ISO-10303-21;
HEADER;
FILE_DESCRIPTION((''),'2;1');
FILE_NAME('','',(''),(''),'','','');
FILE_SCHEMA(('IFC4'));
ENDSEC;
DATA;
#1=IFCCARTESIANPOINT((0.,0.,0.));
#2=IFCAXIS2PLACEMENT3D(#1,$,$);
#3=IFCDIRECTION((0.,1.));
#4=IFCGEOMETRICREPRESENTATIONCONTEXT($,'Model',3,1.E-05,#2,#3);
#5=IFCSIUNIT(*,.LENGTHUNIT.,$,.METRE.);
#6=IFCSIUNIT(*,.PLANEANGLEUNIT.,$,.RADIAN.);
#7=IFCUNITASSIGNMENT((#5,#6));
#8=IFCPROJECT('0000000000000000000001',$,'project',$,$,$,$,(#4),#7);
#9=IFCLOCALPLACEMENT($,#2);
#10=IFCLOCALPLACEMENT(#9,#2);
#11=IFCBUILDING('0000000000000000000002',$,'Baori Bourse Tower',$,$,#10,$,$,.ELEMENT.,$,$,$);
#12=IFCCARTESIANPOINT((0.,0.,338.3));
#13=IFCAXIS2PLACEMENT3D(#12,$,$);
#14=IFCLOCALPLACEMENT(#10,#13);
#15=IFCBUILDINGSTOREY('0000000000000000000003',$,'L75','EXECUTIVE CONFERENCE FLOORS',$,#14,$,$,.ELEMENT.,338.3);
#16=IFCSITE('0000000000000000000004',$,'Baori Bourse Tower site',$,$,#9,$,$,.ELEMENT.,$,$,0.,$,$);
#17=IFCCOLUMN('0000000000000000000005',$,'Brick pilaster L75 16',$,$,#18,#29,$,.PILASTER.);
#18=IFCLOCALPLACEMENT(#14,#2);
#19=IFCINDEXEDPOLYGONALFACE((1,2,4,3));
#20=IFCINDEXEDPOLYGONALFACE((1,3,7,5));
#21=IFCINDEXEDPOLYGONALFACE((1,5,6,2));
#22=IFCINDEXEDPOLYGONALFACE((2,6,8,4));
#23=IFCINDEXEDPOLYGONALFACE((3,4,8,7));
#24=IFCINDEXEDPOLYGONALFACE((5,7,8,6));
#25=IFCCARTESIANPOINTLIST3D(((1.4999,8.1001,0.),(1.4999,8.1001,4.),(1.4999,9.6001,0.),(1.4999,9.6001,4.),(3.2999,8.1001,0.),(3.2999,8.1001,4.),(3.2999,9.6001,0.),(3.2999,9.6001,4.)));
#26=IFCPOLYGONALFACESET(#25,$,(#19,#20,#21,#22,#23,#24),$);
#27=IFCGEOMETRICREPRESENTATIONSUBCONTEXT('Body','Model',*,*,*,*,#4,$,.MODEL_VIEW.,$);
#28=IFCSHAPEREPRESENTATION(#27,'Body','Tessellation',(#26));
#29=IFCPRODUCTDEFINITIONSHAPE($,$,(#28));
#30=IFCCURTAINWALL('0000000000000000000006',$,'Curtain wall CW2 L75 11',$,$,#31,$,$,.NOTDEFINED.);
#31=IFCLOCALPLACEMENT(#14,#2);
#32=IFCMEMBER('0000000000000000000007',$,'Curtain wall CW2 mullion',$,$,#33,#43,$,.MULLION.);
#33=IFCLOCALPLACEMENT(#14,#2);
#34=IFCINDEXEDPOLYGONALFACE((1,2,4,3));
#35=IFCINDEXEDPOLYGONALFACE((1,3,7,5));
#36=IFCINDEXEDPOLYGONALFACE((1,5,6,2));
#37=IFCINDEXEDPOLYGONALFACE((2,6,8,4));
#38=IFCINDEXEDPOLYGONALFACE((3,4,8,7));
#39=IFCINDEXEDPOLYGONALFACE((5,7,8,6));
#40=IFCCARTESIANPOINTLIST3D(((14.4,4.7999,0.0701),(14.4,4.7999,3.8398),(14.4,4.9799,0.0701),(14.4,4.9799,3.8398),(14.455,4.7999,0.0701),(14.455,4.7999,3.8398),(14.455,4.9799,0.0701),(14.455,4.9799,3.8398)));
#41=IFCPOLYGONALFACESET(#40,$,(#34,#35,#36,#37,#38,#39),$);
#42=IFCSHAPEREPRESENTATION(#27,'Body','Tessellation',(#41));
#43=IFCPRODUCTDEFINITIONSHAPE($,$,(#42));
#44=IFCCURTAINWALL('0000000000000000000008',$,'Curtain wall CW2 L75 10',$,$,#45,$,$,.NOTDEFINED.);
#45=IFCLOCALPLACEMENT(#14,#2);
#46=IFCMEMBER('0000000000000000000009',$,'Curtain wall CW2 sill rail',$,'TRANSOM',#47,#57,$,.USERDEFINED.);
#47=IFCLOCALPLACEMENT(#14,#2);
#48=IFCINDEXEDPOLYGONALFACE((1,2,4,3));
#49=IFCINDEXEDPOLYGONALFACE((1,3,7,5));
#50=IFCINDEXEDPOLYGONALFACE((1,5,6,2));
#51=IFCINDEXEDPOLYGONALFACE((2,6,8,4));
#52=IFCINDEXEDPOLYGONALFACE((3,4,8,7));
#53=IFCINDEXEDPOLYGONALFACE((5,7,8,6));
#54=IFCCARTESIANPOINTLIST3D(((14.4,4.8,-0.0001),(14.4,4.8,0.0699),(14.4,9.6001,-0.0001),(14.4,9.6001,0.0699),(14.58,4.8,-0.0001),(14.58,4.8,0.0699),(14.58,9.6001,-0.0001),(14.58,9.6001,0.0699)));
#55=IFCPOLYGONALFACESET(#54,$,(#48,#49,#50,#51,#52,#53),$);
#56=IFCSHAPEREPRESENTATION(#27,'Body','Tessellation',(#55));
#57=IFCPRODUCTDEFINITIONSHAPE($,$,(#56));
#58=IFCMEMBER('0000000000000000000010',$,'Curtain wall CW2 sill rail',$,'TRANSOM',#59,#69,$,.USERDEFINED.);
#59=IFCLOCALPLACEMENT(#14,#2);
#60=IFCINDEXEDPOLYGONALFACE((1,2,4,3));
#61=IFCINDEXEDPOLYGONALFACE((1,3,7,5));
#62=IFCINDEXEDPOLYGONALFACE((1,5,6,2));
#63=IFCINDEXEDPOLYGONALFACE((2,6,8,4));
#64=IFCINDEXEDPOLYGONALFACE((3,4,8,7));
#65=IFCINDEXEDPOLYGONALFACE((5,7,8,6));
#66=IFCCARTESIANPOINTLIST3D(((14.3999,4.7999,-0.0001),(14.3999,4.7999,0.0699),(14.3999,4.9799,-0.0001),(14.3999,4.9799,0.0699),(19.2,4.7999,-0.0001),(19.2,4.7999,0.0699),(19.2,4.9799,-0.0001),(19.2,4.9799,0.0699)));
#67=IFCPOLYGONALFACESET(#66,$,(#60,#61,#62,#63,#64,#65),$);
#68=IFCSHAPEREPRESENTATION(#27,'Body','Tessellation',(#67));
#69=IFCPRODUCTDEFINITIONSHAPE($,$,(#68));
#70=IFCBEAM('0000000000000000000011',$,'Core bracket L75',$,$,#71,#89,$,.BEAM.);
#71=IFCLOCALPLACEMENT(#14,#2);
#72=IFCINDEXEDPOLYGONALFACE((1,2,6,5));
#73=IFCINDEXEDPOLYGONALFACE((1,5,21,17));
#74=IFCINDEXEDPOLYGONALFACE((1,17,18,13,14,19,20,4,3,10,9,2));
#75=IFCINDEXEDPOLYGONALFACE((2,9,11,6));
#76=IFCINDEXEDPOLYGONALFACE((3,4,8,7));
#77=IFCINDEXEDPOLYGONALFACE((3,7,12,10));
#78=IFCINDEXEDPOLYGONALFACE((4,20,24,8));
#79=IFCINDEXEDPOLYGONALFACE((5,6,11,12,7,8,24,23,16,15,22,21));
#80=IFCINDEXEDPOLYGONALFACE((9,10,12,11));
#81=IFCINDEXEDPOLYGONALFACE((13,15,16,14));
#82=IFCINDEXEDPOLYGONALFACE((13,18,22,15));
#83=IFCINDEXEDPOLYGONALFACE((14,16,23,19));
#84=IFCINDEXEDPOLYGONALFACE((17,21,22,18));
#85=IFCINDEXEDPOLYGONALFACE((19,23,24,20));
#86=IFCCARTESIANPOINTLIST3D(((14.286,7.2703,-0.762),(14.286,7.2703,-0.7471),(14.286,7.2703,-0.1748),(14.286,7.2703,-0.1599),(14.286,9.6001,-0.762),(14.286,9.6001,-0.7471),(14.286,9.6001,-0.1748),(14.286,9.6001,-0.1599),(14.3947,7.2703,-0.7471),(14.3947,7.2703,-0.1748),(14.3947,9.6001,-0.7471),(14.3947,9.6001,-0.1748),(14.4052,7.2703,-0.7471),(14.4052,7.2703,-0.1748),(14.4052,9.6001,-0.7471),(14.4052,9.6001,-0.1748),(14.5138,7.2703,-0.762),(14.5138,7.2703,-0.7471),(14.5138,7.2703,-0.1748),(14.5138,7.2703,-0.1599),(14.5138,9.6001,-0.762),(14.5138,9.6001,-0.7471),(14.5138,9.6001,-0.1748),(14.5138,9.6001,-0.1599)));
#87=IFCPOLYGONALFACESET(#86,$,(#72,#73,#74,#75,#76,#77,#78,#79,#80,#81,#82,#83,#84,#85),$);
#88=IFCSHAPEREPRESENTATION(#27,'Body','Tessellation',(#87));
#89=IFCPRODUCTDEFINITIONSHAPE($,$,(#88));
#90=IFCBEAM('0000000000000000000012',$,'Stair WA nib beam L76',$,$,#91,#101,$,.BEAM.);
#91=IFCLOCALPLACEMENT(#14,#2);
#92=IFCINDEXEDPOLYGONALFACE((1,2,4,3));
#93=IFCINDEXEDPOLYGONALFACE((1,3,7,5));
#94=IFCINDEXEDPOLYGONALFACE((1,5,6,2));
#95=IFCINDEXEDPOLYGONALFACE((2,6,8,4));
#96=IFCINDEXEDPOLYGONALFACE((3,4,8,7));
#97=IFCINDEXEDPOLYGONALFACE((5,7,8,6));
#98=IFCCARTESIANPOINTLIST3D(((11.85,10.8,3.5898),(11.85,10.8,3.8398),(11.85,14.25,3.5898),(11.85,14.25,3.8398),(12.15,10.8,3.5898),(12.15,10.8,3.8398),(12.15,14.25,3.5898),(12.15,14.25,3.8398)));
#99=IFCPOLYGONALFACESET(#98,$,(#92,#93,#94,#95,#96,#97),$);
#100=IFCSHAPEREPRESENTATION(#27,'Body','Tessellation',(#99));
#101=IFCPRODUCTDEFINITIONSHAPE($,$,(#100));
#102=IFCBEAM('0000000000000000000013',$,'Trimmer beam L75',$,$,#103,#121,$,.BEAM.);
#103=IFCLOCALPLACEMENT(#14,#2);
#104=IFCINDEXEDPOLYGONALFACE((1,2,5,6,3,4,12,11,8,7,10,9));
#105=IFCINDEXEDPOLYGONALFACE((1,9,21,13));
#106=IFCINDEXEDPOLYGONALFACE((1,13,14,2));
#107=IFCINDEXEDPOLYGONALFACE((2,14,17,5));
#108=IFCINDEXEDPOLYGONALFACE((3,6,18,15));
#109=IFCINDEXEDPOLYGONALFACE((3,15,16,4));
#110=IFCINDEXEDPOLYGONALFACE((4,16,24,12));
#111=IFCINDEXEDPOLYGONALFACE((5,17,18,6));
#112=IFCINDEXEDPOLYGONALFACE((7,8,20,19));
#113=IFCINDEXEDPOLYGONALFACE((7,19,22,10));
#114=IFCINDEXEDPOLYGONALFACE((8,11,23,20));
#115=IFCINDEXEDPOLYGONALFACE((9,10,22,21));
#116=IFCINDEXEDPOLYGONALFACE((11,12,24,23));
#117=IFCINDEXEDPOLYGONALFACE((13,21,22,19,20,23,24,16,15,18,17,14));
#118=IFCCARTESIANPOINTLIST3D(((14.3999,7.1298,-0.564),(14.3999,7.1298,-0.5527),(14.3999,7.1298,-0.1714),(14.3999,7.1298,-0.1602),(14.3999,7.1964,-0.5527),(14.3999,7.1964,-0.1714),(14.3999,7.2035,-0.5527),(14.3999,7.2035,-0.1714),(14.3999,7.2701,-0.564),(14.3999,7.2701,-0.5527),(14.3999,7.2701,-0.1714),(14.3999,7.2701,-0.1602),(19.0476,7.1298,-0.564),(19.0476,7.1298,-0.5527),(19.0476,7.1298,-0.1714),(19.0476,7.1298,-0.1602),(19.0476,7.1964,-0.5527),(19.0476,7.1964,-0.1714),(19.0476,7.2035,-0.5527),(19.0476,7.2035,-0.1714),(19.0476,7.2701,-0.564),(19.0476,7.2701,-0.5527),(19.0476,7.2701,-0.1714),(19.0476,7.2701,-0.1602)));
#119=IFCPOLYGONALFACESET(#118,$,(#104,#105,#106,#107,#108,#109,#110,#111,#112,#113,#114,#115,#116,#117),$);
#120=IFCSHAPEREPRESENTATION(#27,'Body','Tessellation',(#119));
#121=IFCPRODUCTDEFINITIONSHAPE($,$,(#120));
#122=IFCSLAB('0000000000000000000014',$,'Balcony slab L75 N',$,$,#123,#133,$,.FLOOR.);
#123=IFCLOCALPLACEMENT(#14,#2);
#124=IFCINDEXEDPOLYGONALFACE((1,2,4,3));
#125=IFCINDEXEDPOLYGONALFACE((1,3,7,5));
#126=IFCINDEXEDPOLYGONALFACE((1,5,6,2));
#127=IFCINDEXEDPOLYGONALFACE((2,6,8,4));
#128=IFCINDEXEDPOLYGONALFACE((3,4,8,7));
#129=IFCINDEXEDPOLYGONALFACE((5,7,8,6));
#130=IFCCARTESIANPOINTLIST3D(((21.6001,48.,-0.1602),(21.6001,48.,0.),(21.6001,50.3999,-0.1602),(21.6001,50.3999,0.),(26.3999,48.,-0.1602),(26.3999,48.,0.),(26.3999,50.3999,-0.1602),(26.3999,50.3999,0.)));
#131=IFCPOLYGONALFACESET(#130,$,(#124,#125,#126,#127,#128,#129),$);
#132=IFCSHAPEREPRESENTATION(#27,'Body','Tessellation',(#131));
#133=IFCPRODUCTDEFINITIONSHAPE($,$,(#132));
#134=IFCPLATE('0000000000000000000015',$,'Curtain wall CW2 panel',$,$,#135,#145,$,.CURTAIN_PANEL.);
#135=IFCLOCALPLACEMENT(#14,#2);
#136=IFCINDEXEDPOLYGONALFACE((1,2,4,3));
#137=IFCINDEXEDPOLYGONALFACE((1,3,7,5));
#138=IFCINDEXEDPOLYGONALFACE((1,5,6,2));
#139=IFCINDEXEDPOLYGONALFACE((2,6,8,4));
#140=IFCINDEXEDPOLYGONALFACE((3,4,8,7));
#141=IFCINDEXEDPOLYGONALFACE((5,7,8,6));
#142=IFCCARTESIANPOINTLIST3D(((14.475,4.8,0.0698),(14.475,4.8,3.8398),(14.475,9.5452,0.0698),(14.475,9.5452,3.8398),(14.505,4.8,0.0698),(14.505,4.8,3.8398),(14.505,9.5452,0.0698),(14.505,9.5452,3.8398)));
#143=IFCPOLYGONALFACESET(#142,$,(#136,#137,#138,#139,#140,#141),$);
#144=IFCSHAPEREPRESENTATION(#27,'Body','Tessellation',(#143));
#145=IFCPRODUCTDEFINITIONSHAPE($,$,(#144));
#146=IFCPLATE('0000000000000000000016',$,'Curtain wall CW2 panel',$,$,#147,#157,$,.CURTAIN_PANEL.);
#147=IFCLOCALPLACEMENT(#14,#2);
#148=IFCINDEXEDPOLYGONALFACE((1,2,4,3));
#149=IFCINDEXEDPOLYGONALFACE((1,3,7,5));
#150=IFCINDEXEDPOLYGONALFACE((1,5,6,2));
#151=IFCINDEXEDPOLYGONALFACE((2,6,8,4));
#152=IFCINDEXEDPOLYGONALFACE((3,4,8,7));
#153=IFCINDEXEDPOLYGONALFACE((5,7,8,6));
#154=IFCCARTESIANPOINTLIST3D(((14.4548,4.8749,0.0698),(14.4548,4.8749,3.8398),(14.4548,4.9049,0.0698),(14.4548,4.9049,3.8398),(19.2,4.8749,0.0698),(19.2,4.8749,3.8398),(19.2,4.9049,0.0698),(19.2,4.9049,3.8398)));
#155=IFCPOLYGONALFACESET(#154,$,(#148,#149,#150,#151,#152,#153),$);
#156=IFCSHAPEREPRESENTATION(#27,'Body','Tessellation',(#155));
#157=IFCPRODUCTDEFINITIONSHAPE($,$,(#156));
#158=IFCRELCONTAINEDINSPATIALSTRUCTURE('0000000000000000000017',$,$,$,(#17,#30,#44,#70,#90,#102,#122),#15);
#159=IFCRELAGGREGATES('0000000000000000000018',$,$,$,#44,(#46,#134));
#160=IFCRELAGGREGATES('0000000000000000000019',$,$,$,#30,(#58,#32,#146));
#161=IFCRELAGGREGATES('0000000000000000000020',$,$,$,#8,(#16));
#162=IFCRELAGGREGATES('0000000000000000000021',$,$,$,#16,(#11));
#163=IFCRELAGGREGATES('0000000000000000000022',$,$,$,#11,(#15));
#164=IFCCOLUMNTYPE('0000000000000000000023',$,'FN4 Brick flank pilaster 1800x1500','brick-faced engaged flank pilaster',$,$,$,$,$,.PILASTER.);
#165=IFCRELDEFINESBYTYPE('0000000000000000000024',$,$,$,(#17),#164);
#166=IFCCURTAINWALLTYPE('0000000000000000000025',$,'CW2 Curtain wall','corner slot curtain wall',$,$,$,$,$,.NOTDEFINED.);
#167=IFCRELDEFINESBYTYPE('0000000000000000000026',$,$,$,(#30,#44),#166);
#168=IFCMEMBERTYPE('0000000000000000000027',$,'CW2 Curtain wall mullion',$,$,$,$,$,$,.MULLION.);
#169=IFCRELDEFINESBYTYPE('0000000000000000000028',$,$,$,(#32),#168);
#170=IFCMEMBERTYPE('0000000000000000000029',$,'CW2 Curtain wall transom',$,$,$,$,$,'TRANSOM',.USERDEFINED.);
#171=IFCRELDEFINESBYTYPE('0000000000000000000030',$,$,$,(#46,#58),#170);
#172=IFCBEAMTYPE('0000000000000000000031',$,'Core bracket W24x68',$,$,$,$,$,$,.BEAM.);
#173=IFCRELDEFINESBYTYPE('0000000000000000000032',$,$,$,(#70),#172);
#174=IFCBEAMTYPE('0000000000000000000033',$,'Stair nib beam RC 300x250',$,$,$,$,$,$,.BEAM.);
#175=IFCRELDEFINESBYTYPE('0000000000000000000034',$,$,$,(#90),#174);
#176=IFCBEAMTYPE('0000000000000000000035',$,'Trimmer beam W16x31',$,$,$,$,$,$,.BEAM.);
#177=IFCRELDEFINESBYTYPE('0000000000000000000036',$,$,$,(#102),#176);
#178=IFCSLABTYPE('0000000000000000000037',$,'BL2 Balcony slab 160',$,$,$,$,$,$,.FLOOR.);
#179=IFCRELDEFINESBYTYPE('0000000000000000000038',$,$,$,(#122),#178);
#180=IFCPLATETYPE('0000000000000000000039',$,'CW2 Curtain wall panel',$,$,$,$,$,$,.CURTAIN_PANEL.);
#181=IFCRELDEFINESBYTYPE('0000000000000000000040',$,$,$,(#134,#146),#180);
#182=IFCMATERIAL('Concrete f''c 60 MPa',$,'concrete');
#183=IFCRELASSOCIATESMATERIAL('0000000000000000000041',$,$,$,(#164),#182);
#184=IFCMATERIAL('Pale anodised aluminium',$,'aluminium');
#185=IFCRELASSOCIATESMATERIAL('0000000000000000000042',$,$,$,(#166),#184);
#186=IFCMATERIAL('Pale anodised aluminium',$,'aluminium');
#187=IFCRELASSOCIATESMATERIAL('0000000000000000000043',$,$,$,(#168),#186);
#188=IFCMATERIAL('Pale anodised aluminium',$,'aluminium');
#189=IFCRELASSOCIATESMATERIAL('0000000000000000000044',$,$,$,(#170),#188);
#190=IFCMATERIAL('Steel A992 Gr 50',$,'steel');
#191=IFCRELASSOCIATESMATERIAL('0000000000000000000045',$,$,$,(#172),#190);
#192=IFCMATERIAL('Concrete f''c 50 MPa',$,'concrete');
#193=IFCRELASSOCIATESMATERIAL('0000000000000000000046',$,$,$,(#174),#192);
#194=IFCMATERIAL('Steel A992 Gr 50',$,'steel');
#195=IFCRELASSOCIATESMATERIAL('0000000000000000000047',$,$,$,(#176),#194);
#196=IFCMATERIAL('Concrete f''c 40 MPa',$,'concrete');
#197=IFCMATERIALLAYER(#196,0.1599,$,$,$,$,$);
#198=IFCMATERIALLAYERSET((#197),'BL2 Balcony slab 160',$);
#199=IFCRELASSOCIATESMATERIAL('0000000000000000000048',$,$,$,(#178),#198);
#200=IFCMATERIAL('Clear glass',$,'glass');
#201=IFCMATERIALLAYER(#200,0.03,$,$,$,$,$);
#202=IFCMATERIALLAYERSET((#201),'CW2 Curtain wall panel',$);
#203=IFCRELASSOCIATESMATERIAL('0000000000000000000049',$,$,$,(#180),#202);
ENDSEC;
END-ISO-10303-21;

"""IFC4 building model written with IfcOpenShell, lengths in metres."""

from ifc_helpers import new_model, si_unit, direction, frame, origin, origin_2d, place, context, subcontext, project, spatial, polyline, rectangle, i_section, outline, extrude, material, layer, layer_set, material_profile, profile_set, type_object, element, aggregate, save


model = new_model("IFC4")

# Units and contexts
model_context = context("Model", 3, precision=1e-05, world=origin(), true_north=direction((0.0, 1.0)))
body_context = subcontext(model_context, "Body", "Model", "MODEL_VIEW")
ifc_project = project(units=[si_unit("LENGTHUNIT", "METRE"), si_unit("PLANEANGLEUNIT", "RADIAN")], contexts=[model_context])

# Site, building, storey
site_placement = place(None, origin())
site = spatial("IfcSite", under=ifc_project, at=site_placement, Name="Baori Bourse Tower site", CompositionType="ELEMENT", RefElevation=0.0)
building_placement = place(site_placement, origin())
building = spatial("IfcBuilding", under=site, at=building_placement, Name="Baori Bourse Tower", CompositionType="ELEMENT")
storey_placement = place(building_placement, frame((0.0, 0.0, 338.3)))
storey = spatial("IfcBuildingStorey", under=building, at=storey_placement, Name="L75", Description="EXECUTIVE CONFERENCE FLOORS", CompositionType="ELEMENT", Elevation=338.3)

# Column
ifc_material_1 = material(Name="Concrete f'c 60 MPa", Category="concrete")
ifc_material_profile_1 = material_profile(ifc_material_1, rectangle(XDim=1.8, YDim=1.5, at=origin_2d()), Name="RC 1800x1500")
ifc_profile_set_1 = profile_set([ifc_material_profile_1], Name="Concrete f'c 60 MPa")
column_type = type_object("IfcColumnType", Name="FN4 Brick flank pilaster 1800x1500", Description="brick-faced engaged flank pilaster", PredefinedType="PILASTER", material=ifc_profile_set_1)
column_placement = place(storey_placement, frame((2.3999, 8.8501, 0.0), z_axis=(0.0, 0.0, 1.0), x_axis=(1.0, 0.0, 0.0)))
element("IfcColumn", 1, at=column_placement, inside=storey, type_object=column_type, Name="Brick pilaster L75 16", PredefinedType="PILASTER", context=body_context, shape_type="SweptSolid", body=[
    extrude(rectangle(XDim=1.8, YDim=1.5, at=origin_2d()), origin(), (0.0, 0.0, 1.0), 4.0),
])

# Curtain walls, members
ifc_material_2 = material(Name="Pale anodised aluminium", Category="aluminium")
curtain_wall_type = type_object("IfcCurtainWallType", Name="CW2 Curtain wall", Description="corner slot curtain wall", PredefinedType="NOTDEFINED", material=ifc_material_2)
curtain_wall_1_placement = place(storey_placement, origin())
curtain_wall_1 = element("IfcCurtainWall", 2, at=curtain_wall_1_placement, inside=storey, type_object=curtain_wall_type, Name="Curtain wall CW2 L75 11", PredefinedType="NOTDEFINED")
ifc_material_3 = material(Name="Pale anodised aluminium", Category="aluminium")
ifc_material_profile_2 = material_profile(ifc_material_3, rectangle(XDim=0.1799, YDim=0.0549, at=origin_2d()), Name="Mullion 55x180")
ifc_profile_set_2 = profile_set([ifc_material_profile_2], Name="Pale anodised aluminium")
member_type_1 = type_object("IfcMemberType", Name="CW2 Curtain wall mullion", PredefinedType="MULLION", material=ifc_profile_set_2)
member_1_placement = place(storey_placement, frame((14.4275, 4.8899, 0.0701), z_axis=(0.0, 0.0, 1.0), x_axis=(0.0, 1.0, 0.0)))
member_1 = element("IfcMember", 3, at=member_1_placement, type_object=member_type_1, Name="Curtain wall CW2 mullion", PredefinedType="MULLION", context=body_context, shape_type="SweptSolid", body=[
    extrude(rectangle(XDim=0.1799, YDim=0.0549, at=origin_2d()), origin(), (0.0, 0.0, 1.0), 3.7698),
])
curtain_wall_2_placement = place(storey_placement, origin())
curtain_wall_2 = element("IfcCurtainWall", 4, at=curtain_wall_2_placement, inside=storey, type_object=curtain_wall_type, Name="Curtain wall CW2 L75 10", PredefinedType="NOTDEFINED")
ifc_material_4 = material(Name="Pale anodised aluminium", Category="aluminium")
ifc_material_profile_3 = material_profile(ifc_material_4, rectangle(XDim=0.1799, YDim=0.0701, at=origin_2d()), Name="Transom 70x180")
ifc_profile_set_3 = profile_set([ifc_material_profile_3], Name="Pale anodised aluminium")
member_type_2 = type_object("IfcMemberType", Name="CW2 Curtain wall transom", ElementType="TRANSOM", PredefinedType="USERDEFINED", material=ifc_profile_set_3)
member_2_placement = place(storey_placement, frame((14.49, 9.6001, 0.0349), z_axis=(0.0, -1.0, 0.0), x_axis=(1.0, 0.0, 0.0)))
member_2 = element("IfcMember", 5, at=member_2_placement, type_object=member_type_2, Name="Curtain wall CW2 sill rail", ObjectType="TRANSOM", PredefinedType="USERDEFINED", context=body_context, shape_type="SweptSolid", body=[
    extrude(rectangle(XDim=0.1799, YDim=0.0701, at=origin_2d()), origin(), (0.0, 0.0, 1.0), 4.8),
])

# Member
member_3_placement = place(storey_placement, frame((14.3999, 4.8899, 0.0349), z_axis=(1.0, 0.0, 0.0), x_axis=(0.0, 1.0, 0.0)))
member_3 = element("IfcMember", 6, at=member_3_placement, type_object=member_type_2, Name="Curtain wall CW2 sill rail", ObjectType="TRANSOM", PredefinedType="USERDEFINED", context=body_context, shape_type="SweptSolid", body=[
    extrude(rectangle(XDim=0.1799, YDim=0.0701, at=origin_2d()), origin(), (0.0, 0.0, 1.0), 4.8),
])

# Beams
ifc_material_5 = material(Name="Steel A992 Gr 50", Category="steel")
ifc_material_profile_4 = material_profile(ifc_material_5, i_section(OverallWidth=0.2278, OverallDepth=0.6021, WebThickness=0.0105, FlangeThickness=0.0149, at=origin_2d()), Name="W24x68")
ifc_profile_set_4 = profile_set([ifc_material_profile_4], Name="Steel A992 Gr 50")
beam_type_1 = type_object("IfcBeamType", Name="Core bracket W24x68", PredefinedType="BEAM", material=ifc_profile_set_4)
beam_1_placement = place(storey_placement, frame((14.3999, 7.2703, -0.4609), z_axis=(0.0, 1.0, 0.0), x_axis=(-1.0, 0.0, 0.0)))
element("IfcBeam", 7, at=beam_1_placement, inside=storey, type_object=beam_type_1, Name="Core bracket L75", PredefinedType="BEAM", context=body_context, shape_type="SweptSolid", body=[
    extrude(i_section(OverallWidth=0.2278, OverallDepth=0.6021, WebThickness=0.0105, FlangeThickness=0.0149, at=origin_2d()), origin(), (0.0, 0.0, 1.0), 2.3298),
])
ifc_material_6 = material(Name="Concrete f'c 50 MPa", Category="concrete")
ifc_material_profile_5 = material_profile(ifc_material_6, rectangle(XDim=0.3, YDim=0.25, at=origin_2d()), Name="RC 300x250")
ifc_profile_set_5 = profile_set([ifc_material_profile_5], Name="Concrete f'c 50 MPa")
beam_type_2 = type_object("IfcBeamType", Name="Stair nib beam RC 300x250", PredefinedType="BEAM", material=ifc_profile_set_5)
beam_2_placement = place(storey_placement, frame((12.0, 10.8, 3.7148), z_axis=(0.0, 1.0, 0.0), x_axis=(-1.0, 0.0, 0.0)))
element("IfcBeam", 8, at=beam_2_placement, inside=storey, type_object=beam_type_2, Name="Stair WA nib beam L76", PredefinedType="BEAM", context=body_context, shape_type="SweptSolid", body=[
    extrude(rectangle(XDim=0.3, YDim=0.25, at=origin_2d()), origin(), (0.0, 0.0, 1.0), 3.45),
])
ifc_material_7 = material(Name="Steel A992 Gr 50", Category="steel")
ifc_material_profile_6 = material_profile(ifc_material_7, i_section(OverallWidth=0.1404, OverallDepth=0.4038, WebThickness=0.0071, FlangeThickness=0.0112, at=origin_2d()), Name="W16x31")
ifc_profile_set_6 = profile_set([ifc_material_profile_6], Name="Steel A992 Gr 50")
beam_type_3 = type_object("IfcBeamType", Name="Trimmer beam W16x31", PredefinedType="BEAM", material=ifc_profile_set_6)
beam_3_placement = place(storey_placement, frame((14.3999, 7.2, -0.3621), z_axis=(1.0, 0.0, 0.0), x_axis=(0.0, 1.0, 0.0)))
element("IfcBeam", 9, at=beam_3_placement, inside=storey, type_object=beam_type_3, Name="Trimmer beam L75", PredefinedType="BEAM", context=body_context, shape_type="SweptSolid", body=[
    extrude(i_section(OverallWidth=0.1404, OverallDepth=0.4038, WebThickness=0.0071, FlangeThickness=0.0112, at=origin_2d()), origin(), (0.0, 0.0, 1.0), 4.6477),
])

# Slab
ifc_material_8 = material(Name="Concrete f'c 40 MPa", Category="concrete")
ifc_layer_1 = layer(ifc_material_8, 0.1599)
ifc_layer_set_1 = layer_set([ifc_layer_1], Name="BL2 Balcony slab 160")
slab_type = type_object("IfcSlabType", Name="BL2 Balcony slab 160", PredefinedType="FLOOR", material=ifc_layer_set_1)
slab_placement = place(storey_placement, frame((0.0, 0.0, -0.1602)))
element("IfcSlab", 10, at=slab_placement, inside=storey, type_object=slab_type, Name="Balcony slab L75 N", PredefinedType="FLOOR", context=body_context, shape_type="SweptSolid", body=[
    extrude(outline(polyline([(21.6001, 48.0), (26.3999, 48.0), (26.3999, 50.3999), (21.6001, 50.3999), (21.6001, 48.0)])), origin(), (0.0, 0.0, 1.0), 0.1602),
])

# Plates
ifc_material_9 = material(Name="Clear glass", Category="glass")
ifc_layer_2 = layer(ifc_material_9, 0.03)
ifc_layer_set_2 = layer_set([ifc_layer_2], Name="CW2 Curtain wall panel")
plate_type = type_object("IfcPlateType", Name="CW2 Curtain wall panel", PredefinedType="CURTAIN_PANEL", material=ifc_layer_set_2)
plate_1_placement = place(storey_placement, frame((14.49, 7.1726, 0.0698), z_axis=(0.0, 0.0, 1.0), x_axis=(0.0, -1.0, 0.0)))
plate_1 = element("IfcPlate", 11, at=plate_1_placement, type_object=plate_type, Name="Curtain wall CW2 panel", PredefinedType="CURTAIN_PANEL", context=body_context, shape_type="SweptSolid", body=[
    extrude(rectangle(XDim=4.7451, YDim=0.03, at=origin_2d()), origin(), (0.0, 0.0, 1.0), 3.77),
])
aggregate(curtain_wall_2, [member_2, plate_1])
plate_2_placement = place(storey_placement, frame((16.8274, 4.8899, 0.0698), z_axis=(0.0, 0.0, 1.0), x_axis=(1.0, 0.0, 0.0)))
plate_2 = element("IfcPlate", 12, at=plate_2_placement, type_object=plate_type, Name="Curtain wall CW2 panel", PredefinedType="CURTAIN_PANEL", context=body_context, shape_type="SweptSolid", body=[
    extrude(rectangle(XDim=4.7451, YDim=0.03, at=origin_2d()), origin(), (0.0, 0.0, 1.0), 3.77),
])
aggregate(curtain_wall_1, [member_3, member_1, plate_2])

save(model, "model.ifc")
